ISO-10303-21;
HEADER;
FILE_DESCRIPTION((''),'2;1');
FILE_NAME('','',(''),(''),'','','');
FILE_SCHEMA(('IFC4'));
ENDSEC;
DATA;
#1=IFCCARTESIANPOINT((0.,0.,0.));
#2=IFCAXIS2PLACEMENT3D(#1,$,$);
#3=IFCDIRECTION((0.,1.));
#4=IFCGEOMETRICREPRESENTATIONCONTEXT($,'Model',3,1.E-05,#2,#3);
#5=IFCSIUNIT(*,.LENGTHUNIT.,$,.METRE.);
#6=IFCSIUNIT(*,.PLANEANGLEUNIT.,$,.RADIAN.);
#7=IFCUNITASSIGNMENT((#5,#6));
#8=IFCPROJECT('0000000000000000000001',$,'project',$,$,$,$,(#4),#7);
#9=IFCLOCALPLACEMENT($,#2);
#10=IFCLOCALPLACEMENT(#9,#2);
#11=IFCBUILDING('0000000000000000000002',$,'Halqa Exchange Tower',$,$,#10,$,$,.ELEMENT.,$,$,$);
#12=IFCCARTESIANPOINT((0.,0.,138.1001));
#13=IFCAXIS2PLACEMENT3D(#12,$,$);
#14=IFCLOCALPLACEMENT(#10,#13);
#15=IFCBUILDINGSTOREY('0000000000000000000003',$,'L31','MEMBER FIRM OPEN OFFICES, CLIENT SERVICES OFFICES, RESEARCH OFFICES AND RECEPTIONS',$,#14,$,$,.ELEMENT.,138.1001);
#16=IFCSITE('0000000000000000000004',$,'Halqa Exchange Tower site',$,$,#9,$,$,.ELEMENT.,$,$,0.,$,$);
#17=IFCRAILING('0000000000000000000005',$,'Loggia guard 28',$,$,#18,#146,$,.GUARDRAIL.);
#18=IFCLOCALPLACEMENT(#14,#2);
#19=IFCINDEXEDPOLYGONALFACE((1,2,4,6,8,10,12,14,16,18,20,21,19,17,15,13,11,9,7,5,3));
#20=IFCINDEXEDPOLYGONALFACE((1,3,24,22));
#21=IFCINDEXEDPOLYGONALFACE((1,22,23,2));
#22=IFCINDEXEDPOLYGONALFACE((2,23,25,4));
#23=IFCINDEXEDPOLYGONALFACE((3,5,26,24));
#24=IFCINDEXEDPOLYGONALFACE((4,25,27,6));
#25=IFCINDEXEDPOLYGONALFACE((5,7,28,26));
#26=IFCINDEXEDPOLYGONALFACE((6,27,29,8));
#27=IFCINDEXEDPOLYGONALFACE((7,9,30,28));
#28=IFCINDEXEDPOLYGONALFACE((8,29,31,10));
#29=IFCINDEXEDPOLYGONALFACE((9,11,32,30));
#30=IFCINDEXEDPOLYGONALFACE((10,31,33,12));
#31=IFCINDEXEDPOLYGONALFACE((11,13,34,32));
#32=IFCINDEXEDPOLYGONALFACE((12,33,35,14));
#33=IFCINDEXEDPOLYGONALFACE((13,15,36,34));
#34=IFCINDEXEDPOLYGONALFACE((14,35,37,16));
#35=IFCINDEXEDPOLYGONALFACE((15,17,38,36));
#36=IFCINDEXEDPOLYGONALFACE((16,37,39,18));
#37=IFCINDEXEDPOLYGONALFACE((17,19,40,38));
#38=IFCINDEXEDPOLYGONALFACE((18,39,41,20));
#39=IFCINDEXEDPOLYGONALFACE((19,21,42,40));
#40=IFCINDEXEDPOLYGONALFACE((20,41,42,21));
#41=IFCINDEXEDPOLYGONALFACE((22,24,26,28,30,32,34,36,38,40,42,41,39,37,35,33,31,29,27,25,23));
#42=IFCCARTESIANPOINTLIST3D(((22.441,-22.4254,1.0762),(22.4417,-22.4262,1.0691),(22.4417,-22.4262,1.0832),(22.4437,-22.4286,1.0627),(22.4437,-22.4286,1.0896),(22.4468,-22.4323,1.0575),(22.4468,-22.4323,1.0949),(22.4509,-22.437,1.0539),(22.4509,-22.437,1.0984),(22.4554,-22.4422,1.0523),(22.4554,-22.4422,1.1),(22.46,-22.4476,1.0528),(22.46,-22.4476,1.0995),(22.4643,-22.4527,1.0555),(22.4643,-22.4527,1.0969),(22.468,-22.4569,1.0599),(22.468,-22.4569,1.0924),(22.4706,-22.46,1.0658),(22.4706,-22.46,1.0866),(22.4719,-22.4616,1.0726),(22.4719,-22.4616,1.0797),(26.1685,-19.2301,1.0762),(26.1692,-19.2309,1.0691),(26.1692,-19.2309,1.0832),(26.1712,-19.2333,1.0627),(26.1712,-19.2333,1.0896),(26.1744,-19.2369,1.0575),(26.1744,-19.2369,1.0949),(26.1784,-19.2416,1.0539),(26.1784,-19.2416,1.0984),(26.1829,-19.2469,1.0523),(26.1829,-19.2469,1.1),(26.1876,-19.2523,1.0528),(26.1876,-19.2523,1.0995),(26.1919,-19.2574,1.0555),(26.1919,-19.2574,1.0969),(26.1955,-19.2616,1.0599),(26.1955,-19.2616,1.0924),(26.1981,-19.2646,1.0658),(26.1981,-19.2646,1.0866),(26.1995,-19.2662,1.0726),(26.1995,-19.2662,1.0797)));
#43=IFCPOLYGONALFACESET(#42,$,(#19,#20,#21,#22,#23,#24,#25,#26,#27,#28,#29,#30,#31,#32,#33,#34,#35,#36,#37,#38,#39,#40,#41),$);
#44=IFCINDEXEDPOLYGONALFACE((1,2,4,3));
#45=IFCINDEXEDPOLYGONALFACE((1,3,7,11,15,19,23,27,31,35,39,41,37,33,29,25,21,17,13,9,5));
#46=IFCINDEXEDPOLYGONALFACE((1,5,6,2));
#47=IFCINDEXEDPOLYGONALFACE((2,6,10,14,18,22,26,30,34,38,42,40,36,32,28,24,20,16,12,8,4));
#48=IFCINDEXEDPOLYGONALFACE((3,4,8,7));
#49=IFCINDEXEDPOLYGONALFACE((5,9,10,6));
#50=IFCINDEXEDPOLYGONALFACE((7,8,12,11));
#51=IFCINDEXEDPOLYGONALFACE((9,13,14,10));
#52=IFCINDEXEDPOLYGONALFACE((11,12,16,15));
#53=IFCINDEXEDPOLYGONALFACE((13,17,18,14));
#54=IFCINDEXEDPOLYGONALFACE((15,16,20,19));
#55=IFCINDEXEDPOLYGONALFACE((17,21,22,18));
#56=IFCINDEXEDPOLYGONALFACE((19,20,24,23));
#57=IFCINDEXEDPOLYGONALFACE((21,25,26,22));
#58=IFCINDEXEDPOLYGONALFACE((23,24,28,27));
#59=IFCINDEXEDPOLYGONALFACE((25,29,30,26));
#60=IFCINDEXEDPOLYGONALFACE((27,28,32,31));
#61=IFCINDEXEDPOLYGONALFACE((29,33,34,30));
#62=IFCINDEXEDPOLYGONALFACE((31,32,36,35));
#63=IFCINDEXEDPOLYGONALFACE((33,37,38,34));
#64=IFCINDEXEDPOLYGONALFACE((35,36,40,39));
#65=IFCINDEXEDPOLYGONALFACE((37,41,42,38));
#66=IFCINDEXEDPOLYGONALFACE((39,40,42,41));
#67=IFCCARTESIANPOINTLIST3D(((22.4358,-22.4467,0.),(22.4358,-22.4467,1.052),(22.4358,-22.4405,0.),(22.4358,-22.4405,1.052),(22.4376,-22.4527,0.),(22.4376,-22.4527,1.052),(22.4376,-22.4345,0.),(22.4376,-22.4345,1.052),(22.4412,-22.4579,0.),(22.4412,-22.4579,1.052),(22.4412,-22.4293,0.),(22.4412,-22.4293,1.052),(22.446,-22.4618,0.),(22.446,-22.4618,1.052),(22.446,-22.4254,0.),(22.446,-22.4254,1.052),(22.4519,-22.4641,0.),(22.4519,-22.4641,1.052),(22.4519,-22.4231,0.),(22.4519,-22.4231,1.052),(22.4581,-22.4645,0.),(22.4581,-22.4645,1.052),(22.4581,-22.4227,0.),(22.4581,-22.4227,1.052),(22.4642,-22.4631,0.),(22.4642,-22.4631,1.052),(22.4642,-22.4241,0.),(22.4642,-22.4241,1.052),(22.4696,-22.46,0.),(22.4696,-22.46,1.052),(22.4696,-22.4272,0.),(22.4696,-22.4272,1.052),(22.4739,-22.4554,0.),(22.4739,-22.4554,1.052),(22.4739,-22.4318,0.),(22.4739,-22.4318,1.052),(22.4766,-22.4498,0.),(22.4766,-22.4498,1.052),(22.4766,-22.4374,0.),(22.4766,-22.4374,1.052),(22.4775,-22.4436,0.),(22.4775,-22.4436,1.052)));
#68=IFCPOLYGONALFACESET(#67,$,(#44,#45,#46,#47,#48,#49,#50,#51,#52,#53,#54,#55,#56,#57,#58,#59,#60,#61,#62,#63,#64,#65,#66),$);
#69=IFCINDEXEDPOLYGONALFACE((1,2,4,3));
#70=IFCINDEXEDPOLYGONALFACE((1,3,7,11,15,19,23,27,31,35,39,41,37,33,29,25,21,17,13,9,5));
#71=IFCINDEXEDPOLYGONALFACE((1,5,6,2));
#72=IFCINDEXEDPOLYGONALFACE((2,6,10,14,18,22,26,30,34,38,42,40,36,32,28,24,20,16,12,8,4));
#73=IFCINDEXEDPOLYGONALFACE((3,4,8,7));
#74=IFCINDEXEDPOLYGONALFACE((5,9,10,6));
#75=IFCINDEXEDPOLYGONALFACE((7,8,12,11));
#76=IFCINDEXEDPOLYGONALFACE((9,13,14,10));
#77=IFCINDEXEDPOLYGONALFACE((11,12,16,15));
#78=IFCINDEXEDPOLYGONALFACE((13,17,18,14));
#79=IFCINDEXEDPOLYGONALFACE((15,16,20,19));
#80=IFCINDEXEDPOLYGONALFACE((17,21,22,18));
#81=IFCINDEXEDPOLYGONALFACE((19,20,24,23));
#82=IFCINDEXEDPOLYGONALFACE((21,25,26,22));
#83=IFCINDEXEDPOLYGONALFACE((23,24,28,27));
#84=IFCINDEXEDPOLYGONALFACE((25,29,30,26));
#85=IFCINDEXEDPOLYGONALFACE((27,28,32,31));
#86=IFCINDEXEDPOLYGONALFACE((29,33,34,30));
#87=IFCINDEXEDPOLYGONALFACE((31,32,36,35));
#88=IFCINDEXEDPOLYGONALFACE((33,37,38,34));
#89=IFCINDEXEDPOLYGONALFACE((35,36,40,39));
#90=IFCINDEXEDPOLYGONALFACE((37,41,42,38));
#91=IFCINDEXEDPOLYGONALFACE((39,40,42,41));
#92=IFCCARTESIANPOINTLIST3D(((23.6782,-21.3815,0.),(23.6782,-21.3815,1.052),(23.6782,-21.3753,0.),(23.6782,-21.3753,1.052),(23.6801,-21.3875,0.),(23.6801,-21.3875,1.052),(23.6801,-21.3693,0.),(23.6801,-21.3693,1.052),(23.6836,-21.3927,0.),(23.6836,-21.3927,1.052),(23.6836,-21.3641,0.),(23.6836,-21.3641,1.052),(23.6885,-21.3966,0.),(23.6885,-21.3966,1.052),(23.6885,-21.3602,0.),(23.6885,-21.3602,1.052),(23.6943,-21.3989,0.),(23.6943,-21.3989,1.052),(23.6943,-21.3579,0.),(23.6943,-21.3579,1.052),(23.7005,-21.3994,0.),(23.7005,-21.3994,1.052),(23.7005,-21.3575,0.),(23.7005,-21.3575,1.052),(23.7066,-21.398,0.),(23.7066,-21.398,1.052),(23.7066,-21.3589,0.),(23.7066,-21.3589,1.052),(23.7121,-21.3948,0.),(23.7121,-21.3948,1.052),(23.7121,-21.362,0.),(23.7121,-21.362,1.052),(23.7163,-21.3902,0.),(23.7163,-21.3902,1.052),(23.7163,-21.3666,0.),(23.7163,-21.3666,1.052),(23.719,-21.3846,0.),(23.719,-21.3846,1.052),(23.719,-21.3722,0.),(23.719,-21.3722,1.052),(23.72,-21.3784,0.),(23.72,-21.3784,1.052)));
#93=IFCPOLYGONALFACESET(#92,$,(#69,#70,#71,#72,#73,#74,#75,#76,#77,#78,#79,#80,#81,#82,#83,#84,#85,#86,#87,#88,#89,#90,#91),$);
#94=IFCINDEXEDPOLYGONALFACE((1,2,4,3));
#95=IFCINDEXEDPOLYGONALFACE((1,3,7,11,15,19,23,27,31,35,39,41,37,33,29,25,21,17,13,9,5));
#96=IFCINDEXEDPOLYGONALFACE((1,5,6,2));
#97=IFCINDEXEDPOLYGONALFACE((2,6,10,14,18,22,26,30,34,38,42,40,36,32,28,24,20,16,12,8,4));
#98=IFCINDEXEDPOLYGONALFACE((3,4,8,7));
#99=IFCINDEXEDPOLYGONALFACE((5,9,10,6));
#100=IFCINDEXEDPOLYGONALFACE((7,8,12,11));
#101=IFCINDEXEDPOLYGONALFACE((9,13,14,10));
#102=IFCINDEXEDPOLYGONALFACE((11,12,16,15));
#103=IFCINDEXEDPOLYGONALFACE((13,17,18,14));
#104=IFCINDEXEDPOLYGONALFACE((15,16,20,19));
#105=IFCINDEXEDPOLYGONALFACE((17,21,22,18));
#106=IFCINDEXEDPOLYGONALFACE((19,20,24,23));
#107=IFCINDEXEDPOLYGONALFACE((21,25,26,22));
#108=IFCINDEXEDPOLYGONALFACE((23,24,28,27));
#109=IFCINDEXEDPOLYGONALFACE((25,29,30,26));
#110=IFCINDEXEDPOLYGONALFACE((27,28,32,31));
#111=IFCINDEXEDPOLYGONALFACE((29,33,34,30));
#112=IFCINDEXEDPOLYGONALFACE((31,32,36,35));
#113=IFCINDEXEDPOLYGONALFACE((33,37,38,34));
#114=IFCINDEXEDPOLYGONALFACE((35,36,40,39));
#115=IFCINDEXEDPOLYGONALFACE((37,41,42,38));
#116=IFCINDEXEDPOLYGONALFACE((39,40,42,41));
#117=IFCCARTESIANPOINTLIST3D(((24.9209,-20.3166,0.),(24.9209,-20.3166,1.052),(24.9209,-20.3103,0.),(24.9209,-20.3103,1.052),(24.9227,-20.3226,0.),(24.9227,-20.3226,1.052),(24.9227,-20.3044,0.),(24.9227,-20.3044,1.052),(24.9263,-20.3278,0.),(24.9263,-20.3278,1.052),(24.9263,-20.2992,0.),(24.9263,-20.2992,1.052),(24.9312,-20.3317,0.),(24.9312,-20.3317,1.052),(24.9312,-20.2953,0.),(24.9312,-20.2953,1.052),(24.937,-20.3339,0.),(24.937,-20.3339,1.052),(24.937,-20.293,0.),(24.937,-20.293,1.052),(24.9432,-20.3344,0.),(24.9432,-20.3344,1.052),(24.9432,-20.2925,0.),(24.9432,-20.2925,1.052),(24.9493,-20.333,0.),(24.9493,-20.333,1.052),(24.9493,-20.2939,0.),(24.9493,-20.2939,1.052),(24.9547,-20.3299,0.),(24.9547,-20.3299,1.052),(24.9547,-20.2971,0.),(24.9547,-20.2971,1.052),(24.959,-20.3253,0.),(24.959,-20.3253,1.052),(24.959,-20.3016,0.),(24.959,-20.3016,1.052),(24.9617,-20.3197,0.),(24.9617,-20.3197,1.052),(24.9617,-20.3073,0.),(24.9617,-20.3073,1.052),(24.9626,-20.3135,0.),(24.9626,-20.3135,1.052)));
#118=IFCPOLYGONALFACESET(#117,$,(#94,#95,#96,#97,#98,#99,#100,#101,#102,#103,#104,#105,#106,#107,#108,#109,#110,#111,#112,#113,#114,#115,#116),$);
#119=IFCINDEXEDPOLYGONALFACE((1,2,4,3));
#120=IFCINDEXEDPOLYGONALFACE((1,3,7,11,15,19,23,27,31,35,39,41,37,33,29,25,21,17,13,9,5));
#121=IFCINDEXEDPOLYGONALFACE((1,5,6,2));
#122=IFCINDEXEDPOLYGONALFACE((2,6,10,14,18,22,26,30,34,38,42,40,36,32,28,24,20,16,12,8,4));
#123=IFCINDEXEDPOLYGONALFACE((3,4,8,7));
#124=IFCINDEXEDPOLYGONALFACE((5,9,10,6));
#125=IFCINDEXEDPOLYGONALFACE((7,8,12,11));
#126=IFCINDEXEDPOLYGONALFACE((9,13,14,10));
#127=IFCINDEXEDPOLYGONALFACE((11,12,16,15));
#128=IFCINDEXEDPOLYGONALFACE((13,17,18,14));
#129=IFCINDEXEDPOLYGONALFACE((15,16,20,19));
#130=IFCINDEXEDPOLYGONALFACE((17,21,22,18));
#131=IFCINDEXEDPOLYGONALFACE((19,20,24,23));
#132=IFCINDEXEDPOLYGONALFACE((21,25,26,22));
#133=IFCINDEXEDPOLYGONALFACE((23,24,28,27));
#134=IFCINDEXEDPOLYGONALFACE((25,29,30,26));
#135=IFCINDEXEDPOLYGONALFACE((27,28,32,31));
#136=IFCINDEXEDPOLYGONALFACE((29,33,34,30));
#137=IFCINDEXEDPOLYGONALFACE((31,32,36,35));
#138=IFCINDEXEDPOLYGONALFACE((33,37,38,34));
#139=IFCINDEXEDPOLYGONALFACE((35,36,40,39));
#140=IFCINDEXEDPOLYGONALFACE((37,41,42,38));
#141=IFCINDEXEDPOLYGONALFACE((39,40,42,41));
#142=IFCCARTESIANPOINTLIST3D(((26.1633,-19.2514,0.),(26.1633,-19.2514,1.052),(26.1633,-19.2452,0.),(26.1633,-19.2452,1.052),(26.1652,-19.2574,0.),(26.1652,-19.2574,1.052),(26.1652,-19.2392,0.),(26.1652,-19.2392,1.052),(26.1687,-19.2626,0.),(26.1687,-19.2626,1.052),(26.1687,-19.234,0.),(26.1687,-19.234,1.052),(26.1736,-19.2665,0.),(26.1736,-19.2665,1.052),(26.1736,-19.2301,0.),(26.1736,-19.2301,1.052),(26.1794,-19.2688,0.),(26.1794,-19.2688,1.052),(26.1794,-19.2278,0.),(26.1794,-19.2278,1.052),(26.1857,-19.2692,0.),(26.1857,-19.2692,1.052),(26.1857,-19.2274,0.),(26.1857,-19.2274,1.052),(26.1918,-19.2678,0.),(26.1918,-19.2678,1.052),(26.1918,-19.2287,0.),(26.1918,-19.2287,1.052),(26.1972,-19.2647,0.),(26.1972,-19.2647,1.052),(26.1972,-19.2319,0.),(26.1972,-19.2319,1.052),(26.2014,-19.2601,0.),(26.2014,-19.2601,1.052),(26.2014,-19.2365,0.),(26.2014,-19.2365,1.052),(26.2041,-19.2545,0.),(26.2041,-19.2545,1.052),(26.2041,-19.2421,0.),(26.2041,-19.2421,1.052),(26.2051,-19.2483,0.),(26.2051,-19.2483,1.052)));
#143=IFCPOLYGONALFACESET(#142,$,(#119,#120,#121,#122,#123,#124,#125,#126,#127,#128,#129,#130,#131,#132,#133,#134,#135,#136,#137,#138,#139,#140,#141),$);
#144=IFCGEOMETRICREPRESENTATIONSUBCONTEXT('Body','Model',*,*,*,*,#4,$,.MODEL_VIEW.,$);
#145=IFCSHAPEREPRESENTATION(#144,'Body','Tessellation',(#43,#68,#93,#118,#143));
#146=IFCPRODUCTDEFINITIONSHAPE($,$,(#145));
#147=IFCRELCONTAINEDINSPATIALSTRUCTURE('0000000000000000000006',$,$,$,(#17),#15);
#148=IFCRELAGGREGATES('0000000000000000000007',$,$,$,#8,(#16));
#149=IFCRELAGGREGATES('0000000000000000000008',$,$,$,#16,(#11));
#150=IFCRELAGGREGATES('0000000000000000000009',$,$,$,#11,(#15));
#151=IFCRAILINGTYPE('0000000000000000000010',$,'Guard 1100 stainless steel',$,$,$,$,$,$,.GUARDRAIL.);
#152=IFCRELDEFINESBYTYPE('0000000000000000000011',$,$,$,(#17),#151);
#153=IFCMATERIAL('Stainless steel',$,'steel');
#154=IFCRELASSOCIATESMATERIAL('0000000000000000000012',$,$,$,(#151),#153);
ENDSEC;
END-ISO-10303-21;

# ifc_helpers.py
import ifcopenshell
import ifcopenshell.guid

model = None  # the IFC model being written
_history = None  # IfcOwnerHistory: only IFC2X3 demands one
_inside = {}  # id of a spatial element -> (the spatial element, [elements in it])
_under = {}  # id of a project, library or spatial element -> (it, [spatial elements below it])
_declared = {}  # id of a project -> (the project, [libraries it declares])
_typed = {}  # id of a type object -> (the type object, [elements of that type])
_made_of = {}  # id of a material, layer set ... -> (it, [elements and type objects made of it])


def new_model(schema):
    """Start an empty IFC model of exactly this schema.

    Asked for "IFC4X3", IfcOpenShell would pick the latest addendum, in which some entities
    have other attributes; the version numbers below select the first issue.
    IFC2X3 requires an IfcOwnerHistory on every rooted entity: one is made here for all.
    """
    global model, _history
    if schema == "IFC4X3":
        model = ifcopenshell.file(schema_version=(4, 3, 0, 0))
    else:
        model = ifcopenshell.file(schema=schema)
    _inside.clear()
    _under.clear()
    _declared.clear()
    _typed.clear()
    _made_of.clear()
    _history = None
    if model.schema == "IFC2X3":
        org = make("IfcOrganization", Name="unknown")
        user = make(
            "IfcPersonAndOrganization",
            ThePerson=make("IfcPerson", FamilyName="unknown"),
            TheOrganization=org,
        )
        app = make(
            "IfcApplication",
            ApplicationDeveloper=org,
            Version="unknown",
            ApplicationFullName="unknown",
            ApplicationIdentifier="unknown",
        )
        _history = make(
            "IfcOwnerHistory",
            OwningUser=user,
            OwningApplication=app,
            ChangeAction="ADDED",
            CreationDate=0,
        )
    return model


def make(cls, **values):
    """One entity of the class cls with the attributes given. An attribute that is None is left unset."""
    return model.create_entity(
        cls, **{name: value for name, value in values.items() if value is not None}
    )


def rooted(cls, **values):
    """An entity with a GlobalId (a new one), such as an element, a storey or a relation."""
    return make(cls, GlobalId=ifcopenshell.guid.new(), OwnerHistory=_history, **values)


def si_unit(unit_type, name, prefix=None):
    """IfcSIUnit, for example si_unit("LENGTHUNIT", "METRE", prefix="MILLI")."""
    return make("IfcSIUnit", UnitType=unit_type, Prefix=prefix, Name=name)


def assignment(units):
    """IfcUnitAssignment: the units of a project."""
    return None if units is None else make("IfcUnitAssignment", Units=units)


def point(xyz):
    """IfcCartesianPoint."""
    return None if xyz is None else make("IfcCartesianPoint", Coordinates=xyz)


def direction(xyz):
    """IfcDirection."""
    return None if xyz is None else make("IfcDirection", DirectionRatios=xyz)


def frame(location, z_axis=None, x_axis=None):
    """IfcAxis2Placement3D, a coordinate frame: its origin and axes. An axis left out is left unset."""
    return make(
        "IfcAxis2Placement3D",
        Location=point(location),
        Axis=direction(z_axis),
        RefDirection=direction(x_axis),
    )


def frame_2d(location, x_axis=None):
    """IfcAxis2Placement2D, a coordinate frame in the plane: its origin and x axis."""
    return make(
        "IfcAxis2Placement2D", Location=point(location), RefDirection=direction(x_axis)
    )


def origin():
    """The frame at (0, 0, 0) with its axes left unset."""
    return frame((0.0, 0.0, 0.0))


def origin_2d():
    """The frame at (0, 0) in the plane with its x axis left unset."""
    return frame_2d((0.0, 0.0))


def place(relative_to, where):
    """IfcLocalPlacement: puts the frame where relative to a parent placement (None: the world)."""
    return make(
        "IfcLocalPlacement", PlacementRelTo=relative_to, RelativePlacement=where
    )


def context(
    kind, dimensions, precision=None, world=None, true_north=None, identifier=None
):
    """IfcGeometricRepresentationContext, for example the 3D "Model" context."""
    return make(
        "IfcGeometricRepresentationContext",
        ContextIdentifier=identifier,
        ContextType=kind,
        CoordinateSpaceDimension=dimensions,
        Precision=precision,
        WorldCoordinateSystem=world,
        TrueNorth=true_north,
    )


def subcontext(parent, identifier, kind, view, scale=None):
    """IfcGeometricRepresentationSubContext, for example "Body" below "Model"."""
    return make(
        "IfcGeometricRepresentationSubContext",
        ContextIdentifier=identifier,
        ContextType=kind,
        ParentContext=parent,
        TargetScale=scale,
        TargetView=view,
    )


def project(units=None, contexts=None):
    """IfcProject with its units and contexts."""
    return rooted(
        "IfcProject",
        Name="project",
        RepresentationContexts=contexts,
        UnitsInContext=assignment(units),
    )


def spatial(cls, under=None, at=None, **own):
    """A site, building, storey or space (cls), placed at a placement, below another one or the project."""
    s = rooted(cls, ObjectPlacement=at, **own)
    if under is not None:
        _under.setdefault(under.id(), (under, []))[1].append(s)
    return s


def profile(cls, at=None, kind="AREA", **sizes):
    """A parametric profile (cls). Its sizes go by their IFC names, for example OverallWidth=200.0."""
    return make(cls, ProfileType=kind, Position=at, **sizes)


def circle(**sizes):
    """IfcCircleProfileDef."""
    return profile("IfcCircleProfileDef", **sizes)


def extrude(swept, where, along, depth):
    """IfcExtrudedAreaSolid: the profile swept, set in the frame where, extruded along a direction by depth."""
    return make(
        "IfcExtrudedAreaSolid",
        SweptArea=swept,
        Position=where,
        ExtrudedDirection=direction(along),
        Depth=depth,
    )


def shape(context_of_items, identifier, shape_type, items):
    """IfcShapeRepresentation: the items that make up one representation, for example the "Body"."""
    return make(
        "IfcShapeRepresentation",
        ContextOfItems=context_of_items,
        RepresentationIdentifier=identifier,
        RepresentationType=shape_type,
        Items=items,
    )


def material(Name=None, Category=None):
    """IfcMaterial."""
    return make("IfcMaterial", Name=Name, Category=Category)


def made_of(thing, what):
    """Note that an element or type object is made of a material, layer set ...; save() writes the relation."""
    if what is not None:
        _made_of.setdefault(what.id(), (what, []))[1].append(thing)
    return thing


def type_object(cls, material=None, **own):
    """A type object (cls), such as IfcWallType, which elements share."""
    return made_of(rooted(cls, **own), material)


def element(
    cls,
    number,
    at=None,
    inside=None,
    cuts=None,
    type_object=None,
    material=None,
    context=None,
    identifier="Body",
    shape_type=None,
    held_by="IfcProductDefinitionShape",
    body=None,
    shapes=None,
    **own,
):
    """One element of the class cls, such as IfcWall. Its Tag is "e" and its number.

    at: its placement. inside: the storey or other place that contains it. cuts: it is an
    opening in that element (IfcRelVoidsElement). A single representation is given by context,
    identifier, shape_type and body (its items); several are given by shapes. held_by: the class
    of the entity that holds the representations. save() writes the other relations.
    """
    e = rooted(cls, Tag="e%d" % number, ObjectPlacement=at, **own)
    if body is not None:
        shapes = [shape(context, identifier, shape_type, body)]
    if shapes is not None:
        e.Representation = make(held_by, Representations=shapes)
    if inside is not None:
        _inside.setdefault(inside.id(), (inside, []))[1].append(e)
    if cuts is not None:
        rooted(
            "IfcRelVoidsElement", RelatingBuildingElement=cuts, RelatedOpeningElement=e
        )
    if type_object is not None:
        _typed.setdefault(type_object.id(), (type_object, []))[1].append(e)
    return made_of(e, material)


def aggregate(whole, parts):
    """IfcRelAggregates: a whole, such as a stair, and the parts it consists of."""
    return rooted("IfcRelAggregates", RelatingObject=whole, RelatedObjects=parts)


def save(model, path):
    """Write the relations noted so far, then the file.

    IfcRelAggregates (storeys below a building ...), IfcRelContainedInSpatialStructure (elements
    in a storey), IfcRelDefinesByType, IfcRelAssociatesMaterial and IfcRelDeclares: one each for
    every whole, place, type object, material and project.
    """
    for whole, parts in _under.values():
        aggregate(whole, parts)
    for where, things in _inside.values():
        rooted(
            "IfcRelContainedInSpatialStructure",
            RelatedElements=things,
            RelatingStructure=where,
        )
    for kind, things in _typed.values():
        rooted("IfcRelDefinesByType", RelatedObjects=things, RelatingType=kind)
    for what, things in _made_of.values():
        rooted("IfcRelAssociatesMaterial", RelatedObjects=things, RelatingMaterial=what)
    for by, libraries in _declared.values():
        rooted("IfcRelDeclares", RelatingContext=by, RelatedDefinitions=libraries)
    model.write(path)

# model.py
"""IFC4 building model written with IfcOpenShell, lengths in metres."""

from ifc_helpers import new_model, si_unit, direction, frame, origin, origin_2d, place, context, subcontext, project, spatial, circle, extrude, material, type_object, element, save


model = new_model("IFC4")

# Units and contexts
model_context = context("Model", 3, precision=1e-05, world=origin(), true_north=direction((0.0, 1.0)))
body_context = subcontext(model_context, "Body", "Model", "MODEL_VIEW")
ifc_project = project(units=[si_unit("LENGTHUNIT", "METRE"), si_unit("PLANEANGLEUNIT", "RADIAN")], contexts=[model_context])

# Site, building, storey
site_placement = place(None, origin())
site = spatial("IfcSite", under=ifc_project, at=site_placement, Name="Halqa Exchange Tower site", CompositionType="ELEMENT", RefElevation=0.0)
building_placement = place(site_placement, origin())
building = spatial("IfcBuilding", under=site, at=building_placement, Name="Halqa Exchange Tower", CompositionType="ELEMENT")
storey_placement = place(building_placement, frame((0.0, 0.0, 138.1001)))
storey = spatial("IfcBuildingStorey", under=building, at=storey_placement, Name="L31", Description="MEMBER FIRM OPEN OFFICES, CLIENT SERVICES OFFICES, RESEARCH OFFICES AND RECEPTIONS", CompositionType="ELEMENT", Elevation=138.1001)

# Railing
ifc_material_1 = material(Name="Stainless steel", Category="steel")
railing_type = type_object("IfcRailingType", Name="Guard 1100 stainless steel", PredefinedType="GUARDRAIL", material=ifc_material_1)
railing_1_placement = place(storey_placement, frame((22.4565, -22.4436, 0.0)))
element("IfcRailing", 1, at=railing_1_placement, inside=storey, type_object=railing_type, Name="Loggia guard 28", PredefinedType="GUARDRAIL", context=body_context, shape_type="SweptSolid", body=[
    extrude(circle(Radius=0.0239, at=origin_2d()), frame((0.0, 0.0, 1.0762), z_axis=(0.759229, 0.650824, 0.0), x_axis=(-0.650824, 0.759229, 0.0)), (0.0, 0.0, 1.0), 4.9097),
    extrude(circle(Radius=0.021, at=origin_2d()), origin(), (0.0, 0.0, 1.0), 1.052),
    extrude(circle(Radius=0.021, at=origin_2d()), frame((1.2424, 1.0652, 0.0)), (0.0, 0.0, 1.0), 1.052),
    extrude(circle(Radius=0.021, at=origin_2d()), frame((2.4851, 2.1301, 0.0)), (0.0, 0.0, 1.0), 1.052),
    extrude(circle(Radius=0.021, at=origin_2d()), frame((3.7275, 3.1953, 0.0)), (0.0, 0.0, 1.0), 1.052),
])

save(model, "model.ifc")
